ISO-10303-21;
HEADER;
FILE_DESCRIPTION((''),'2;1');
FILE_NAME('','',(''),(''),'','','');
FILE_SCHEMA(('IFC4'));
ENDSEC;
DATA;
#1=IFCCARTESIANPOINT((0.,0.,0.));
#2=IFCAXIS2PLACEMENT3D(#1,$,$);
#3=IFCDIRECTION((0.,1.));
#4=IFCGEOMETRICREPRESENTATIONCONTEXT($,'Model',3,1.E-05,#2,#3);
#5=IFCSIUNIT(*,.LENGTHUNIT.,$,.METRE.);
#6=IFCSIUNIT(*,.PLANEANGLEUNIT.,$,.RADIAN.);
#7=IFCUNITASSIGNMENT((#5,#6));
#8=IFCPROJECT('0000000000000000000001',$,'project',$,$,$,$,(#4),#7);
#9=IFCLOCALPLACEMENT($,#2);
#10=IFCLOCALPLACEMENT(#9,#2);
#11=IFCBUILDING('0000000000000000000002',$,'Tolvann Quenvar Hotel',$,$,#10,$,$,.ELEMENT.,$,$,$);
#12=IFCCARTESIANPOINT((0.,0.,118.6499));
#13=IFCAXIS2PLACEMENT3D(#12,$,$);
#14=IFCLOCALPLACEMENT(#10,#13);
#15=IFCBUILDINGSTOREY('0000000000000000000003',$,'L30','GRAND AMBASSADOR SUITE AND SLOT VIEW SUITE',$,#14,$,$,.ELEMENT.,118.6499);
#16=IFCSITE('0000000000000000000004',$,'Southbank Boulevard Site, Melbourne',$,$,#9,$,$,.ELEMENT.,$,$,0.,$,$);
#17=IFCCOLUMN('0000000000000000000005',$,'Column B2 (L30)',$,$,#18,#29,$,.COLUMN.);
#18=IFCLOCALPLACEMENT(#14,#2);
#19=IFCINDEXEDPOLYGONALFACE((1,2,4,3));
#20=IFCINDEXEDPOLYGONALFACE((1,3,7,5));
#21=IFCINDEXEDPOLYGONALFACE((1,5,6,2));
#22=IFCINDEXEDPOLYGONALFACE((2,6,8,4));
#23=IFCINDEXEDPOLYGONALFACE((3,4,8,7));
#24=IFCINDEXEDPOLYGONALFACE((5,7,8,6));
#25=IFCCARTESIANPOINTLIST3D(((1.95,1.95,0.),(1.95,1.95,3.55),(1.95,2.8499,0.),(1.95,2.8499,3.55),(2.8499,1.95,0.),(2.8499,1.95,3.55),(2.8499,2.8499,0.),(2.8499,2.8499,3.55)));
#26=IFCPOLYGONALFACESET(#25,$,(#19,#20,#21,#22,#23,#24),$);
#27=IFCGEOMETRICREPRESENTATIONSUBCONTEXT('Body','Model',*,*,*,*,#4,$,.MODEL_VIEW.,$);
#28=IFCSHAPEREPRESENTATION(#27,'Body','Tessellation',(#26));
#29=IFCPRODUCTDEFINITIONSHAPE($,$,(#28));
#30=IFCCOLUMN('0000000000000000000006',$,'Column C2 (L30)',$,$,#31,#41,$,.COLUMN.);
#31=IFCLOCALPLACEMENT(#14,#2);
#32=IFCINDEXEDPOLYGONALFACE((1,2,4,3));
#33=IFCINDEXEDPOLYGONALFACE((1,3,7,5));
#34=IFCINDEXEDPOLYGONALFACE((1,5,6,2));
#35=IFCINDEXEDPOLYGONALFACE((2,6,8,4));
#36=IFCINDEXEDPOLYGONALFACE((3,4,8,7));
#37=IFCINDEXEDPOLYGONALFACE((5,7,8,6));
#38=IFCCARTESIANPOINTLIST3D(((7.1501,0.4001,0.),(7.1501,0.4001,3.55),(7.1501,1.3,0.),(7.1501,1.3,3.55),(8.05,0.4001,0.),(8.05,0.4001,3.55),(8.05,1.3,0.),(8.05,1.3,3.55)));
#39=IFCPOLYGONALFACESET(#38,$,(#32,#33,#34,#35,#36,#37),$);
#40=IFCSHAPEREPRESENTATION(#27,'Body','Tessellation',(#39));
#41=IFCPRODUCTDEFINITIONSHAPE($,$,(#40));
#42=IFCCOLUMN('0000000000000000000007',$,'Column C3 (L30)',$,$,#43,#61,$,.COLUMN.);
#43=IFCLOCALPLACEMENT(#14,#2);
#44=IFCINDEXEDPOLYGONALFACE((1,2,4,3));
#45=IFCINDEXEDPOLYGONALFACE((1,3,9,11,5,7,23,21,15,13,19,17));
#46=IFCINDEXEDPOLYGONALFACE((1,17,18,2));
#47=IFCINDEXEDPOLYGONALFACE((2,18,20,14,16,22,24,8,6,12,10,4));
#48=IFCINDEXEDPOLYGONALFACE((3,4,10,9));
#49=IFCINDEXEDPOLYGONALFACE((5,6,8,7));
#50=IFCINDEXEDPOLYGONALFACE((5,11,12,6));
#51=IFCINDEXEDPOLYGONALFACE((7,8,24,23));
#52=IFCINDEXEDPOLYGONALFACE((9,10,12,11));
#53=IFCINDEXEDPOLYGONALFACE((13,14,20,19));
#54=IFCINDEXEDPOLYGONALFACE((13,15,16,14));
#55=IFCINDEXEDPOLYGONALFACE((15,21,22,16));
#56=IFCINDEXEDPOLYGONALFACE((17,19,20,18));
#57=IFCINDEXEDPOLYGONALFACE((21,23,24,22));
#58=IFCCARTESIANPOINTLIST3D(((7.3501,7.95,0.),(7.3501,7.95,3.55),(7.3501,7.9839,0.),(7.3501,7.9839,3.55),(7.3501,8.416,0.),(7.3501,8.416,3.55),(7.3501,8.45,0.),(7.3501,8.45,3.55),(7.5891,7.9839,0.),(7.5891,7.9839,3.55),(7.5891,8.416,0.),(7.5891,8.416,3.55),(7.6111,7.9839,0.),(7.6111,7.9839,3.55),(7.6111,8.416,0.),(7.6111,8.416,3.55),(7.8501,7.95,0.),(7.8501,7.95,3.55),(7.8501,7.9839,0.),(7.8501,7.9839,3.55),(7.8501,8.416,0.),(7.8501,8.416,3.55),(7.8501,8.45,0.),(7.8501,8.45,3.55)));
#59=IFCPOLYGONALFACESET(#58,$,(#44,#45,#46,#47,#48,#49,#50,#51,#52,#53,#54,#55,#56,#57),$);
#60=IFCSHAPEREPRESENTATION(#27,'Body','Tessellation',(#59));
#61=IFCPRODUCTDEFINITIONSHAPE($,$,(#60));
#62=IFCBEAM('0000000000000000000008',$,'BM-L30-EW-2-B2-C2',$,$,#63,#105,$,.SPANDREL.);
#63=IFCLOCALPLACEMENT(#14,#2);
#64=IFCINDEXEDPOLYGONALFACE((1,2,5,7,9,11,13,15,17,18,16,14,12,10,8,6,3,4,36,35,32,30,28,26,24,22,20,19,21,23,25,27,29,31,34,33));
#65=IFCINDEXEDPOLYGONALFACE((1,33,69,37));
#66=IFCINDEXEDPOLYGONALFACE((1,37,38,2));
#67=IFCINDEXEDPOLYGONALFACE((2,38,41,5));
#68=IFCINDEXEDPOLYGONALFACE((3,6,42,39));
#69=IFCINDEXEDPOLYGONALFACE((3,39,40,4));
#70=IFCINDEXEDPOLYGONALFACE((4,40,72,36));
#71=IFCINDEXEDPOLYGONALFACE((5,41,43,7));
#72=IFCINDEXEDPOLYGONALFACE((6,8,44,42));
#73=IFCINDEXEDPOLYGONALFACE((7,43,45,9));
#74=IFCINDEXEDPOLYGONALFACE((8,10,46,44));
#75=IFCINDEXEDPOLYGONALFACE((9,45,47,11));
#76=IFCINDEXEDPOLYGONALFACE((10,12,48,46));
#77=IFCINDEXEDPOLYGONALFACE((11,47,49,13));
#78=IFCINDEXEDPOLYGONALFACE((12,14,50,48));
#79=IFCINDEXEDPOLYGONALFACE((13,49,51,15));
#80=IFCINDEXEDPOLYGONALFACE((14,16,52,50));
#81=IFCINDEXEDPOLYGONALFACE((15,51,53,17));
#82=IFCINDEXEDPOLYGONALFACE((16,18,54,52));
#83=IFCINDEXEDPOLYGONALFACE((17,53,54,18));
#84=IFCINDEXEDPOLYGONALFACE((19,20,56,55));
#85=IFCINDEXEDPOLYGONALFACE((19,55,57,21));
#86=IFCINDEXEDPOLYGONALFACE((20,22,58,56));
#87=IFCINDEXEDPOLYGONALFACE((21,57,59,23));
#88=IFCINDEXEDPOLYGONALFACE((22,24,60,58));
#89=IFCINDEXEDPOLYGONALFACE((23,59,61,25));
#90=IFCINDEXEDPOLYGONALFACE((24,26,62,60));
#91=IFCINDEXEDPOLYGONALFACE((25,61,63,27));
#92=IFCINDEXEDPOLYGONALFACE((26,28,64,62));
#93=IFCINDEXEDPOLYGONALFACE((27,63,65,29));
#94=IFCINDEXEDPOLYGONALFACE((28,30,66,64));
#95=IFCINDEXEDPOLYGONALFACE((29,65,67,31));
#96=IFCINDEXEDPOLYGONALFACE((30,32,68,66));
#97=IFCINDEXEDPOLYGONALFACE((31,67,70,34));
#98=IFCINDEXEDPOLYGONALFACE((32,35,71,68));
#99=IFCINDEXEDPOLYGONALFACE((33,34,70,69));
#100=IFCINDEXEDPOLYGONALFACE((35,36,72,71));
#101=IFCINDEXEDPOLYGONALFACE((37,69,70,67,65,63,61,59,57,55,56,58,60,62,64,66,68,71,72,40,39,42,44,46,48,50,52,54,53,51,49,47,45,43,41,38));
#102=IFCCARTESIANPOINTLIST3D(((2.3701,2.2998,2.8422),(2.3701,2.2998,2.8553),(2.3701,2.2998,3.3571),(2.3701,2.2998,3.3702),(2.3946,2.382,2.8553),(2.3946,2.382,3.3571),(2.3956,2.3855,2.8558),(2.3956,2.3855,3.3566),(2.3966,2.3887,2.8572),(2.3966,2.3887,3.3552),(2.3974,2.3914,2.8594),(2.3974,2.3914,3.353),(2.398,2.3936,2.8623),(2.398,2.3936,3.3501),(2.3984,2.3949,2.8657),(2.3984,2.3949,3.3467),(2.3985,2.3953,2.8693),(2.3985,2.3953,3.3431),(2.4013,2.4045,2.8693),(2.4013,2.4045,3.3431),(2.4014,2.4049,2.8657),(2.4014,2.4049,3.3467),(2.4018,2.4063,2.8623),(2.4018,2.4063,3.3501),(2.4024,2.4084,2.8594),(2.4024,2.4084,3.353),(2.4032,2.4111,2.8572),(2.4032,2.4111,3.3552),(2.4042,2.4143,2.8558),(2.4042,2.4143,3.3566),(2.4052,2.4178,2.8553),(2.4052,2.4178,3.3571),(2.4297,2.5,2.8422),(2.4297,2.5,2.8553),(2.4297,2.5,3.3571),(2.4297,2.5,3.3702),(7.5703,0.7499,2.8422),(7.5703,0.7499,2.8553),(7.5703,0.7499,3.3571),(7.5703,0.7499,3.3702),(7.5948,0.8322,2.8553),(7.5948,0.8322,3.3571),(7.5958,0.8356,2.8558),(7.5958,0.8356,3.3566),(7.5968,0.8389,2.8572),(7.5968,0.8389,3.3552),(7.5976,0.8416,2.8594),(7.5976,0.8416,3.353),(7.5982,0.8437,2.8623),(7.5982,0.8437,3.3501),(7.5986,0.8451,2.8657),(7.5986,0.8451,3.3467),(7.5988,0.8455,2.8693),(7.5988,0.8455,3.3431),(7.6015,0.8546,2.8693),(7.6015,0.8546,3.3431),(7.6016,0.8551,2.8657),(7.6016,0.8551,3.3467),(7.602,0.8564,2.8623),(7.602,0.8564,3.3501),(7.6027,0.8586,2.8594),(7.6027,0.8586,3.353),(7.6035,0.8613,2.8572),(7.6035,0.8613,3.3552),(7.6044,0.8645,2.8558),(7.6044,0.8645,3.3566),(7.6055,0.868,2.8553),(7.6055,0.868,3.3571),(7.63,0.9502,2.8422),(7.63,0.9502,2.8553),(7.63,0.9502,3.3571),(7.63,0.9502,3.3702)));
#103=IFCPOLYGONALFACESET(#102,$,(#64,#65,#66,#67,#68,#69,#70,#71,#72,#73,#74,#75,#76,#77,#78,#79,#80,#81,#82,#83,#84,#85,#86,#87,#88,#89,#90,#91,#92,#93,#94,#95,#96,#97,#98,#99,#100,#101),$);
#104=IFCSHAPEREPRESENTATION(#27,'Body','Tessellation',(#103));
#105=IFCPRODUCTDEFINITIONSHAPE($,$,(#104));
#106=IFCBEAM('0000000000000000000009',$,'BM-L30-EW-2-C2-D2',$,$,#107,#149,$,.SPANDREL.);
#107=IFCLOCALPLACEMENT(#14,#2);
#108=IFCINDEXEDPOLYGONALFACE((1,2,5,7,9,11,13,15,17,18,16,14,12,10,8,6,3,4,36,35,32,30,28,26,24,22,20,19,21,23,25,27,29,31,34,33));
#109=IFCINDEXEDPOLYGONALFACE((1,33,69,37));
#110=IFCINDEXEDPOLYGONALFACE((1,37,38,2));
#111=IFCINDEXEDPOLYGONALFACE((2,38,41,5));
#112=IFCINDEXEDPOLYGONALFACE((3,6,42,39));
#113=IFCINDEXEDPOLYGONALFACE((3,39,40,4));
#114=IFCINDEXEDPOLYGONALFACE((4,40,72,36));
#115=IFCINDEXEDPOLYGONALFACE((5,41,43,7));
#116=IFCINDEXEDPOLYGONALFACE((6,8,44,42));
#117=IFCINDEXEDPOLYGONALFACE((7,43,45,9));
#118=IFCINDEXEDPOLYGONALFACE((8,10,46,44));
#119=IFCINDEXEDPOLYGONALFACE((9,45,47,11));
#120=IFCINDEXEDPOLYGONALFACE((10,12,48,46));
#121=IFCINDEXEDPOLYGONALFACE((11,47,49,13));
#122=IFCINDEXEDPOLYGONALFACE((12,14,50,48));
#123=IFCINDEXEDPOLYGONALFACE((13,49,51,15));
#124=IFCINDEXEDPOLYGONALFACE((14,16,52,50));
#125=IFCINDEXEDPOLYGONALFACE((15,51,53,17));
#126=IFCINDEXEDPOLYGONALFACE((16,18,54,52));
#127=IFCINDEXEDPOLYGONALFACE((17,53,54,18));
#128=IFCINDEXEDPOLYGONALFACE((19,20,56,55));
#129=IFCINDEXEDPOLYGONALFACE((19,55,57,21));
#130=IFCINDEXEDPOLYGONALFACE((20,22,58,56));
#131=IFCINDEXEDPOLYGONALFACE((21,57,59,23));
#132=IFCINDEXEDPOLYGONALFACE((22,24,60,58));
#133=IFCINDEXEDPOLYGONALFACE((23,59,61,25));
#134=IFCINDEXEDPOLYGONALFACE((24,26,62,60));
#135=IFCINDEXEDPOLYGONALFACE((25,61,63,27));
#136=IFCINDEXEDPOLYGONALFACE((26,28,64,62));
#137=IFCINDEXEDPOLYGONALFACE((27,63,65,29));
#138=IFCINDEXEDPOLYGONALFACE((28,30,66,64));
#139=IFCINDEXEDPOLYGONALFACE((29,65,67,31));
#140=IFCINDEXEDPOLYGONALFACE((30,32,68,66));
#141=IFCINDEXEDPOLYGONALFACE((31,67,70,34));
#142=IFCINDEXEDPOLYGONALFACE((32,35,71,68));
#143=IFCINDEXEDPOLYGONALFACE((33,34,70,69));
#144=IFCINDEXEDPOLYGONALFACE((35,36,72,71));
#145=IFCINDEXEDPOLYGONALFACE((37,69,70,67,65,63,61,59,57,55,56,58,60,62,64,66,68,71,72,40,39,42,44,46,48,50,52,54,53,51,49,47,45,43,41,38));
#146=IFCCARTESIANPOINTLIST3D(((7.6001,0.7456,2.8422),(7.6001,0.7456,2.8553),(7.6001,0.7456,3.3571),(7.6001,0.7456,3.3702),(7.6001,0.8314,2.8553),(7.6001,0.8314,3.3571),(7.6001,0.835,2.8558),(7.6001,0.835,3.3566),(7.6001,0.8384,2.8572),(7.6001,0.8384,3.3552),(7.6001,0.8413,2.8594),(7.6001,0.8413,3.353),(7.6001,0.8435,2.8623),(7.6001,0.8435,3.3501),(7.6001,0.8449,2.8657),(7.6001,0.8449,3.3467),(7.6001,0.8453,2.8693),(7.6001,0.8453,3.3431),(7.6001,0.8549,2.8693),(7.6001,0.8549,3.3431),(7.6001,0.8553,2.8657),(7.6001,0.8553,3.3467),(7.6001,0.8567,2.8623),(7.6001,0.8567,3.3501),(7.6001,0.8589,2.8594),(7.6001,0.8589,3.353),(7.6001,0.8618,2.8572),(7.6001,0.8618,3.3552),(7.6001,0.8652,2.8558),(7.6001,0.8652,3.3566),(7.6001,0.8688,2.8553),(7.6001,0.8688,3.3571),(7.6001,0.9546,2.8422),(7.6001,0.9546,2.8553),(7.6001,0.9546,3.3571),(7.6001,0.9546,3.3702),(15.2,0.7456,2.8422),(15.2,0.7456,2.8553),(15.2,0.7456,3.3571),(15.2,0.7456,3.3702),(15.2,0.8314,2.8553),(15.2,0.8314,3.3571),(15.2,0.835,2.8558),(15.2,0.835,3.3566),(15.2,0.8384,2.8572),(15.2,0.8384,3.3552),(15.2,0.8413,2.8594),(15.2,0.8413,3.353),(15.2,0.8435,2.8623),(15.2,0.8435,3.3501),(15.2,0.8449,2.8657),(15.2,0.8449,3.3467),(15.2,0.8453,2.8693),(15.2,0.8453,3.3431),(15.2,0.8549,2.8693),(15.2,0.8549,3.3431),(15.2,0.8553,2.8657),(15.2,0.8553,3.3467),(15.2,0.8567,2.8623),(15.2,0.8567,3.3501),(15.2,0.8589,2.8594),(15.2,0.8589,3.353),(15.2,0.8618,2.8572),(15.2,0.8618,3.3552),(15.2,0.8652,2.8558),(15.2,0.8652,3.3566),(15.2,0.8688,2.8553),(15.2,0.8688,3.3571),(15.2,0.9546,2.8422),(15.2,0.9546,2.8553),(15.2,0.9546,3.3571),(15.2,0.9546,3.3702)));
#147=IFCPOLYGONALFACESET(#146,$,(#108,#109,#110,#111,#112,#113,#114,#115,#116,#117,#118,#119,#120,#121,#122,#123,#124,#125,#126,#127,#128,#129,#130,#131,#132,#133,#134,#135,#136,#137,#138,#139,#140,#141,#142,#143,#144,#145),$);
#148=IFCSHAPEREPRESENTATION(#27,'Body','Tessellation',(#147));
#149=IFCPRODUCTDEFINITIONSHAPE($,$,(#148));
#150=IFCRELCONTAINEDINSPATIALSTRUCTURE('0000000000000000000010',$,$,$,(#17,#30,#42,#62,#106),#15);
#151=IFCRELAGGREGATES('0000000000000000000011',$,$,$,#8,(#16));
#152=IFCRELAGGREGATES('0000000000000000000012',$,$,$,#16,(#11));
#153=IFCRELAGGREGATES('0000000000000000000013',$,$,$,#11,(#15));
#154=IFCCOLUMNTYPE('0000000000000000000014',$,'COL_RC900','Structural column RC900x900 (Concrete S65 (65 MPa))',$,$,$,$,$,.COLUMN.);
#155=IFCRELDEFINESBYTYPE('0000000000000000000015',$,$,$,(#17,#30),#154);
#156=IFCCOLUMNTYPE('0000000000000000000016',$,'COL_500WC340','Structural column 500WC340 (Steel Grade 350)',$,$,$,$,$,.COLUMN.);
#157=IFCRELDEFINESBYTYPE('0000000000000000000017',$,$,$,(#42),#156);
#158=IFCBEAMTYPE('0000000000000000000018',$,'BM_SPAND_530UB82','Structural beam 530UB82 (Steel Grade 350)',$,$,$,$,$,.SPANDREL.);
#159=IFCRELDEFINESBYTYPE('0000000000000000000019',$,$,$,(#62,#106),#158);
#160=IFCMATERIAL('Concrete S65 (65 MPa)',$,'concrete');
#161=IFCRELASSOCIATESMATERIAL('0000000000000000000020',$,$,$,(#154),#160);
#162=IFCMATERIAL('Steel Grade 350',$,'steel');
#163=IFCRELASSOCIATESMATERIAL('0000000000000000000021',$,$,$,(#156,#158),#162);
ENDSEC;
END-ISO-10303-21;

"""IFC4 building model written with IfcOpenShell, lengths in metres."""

from ifc_helpers import new_model, si_unit, direction, frame, origin, origin_2d, place, context, subcontext, project, spatial, rectangle, i_section, extrude, source, transform, mapped, material, material_profile, profile_set, type_object, type_shapes, element, save


model = new_model("IFC4")

# Units and contexts
model_context = context("Model", 3, precision=1e-05, world=origin(), true_north=direction((0.0, 1.0)))
body_context = subcontext(model_context, "Body", "Model", "MODEL_VIEW")
ifc_project = project(units=[si_unit("LENGTHUNIT", "METRE"), si_unit("PLANEANGLEUNIT", "RADIAN")], contexts=[model_context])

# Site, building, storey
site_placement = place(None, origin())
site = spatial("IfcSite", under=ifc_project, at=site_placement, Name="Southbank Boulevard Site, Melbourne", CompositionType="ELEMENT", RefElevation=0.0)
building_placement = place(site_placement, origin())
building = spatial("IfcBuilding", under=site, at=building_placement, Name="Tolvann Quenvar Hotel", CompositionType="ELEMENT")
storey_placement = place(building_placement, frame((0.0, 0.0, 118.6499)))
storey = spatial("IfcBuildingStorey", under=building, at=storey_placement, Name="L30", Description="GRAND AMBASSADOR SUITE AND SLOT VIEW SUITE", CompositionType="ELEMENT", Elevation=118.6499)

# Columns
ifc_material_1 = material(Name="Concrete S65 (65 MPa)", Category="concrete")
ifc_material_profile_1 = material_profile(ifc_material_1, rectangle(XDim=0.8999, YDim=0.8999, at=origin_2d()), Name="RC900x900")
ifc_profile_set_1 = profile_set([ifc_material_profile_1], Name="Concrete S65 (65 MPa)")
column_type_1 = type_object("IfcColumnType", Name="COL_RC900", Description="Structural column RC900x900 (Concrete S65 (65 MPa))", PredefinedType="COLUMN", material=ifc_profile_set_1)
shared_shape_1 = source(origin(), body_context, "Body", "SweptSolid", [
    extrude(rectangle(XDim=0.8999, YDim=0.8999, at=origin_2d()), origin(), (0.0, 0.0, 1.0), 3.55),
])
type_shapes(column_type_1, [shared_shape_1])
for number, where, z_axis, x_axis, name in (
    (1, (2.3999, 2.3999, 0.0), (0.0, 0.0, 1.0), (1.0, 0.0, 0.0), "Column B2 (L30)"),
    (2, (7.6001, 0.8501, 0.0), (0.0, 0.0, 1.0), (1.0, 0.0, 0.0), "Column C2 (L30)"),
):
    element("IfcColumn", number, at=place(storey_placement, frame(where, z_axis=z_axis, x_axis=x_axis)), inside=storey, type_object=column_type_1, Name=name, PredefinedType="COLUMN", context=body_context, shape_type="MappedRepresentation", body=[
        mapped(shared_shape_1, transform((0.0, 0.0, 0.0), x_axis=(1.0, 0.0, 0.0), y_axis=(0.0, 1.0, 0.0), z_axis=(0.0, 0.0, 1.0), scale=1.0)),
    ])
ifc_material_2 = material(Name="Steel Grade 350", Category="steel")
ifc_material_profile_2 = material_profile(ifc_material_2, i_section(OverallWidth=0.5, OverallDepth=0.5, WebThickness=0.022, FlangeThickness=0.0339, at=origin_2d()), Name="500WC340")
ifc_profile_set_2 = profile_set([ifc_material_profile_2], Name="Steel Grade 350")
column_type_2 = type_object("IfcColumnType", Name="COL_500WC340", Description="Structural column 500WC340 (Steel Grade 350)", PredefinedType="COLUMN", material=ifc_profile_set_2)
shared_shape_2 = source(origin(), body_context, "Body", "SweptSolid", [
    extrude(i_section(OverallWidth=0.5, OverallDepth=0.5, WebThickness=0.022, FlangeThickness=0.0339, at=origin_2d()), origin(), (0.0, 0.0, 1.0), 3.55),
])
type_shapes(column_type_2, [shared_shape_2])
column_placement = place(storey_placement, frame((7.6001, 8.2, 0.0), z_axis=(0.0, 0.0, 1.0), x_axis=(1.0, 0.0, 0.0)))
element("IfcColumn", 3, at=column_placement, inside=storey, type_object=column_type_2, Name="Column C3 (L30)", PredefinedType="COLUMN", context=body_context, shape_type="MappedRepresentation", body=[
    mapped(shared_shape_2, transform((0.0, 0.0, 0.0), x_axis=(1.0, 0.0, 0.0), y_axis=(0.0, 1.0, 0.0), z_axis=(0.0, 0.0, 1.0), scale=1.0)),
])

# Beams
ifc_material_profile_3 = material_profile(ifc_material_2, i_section(OverallWidth=0.209, OverallDepth=0.5281, WebThickness=0.0095, FlangeThickness=0.0132, FilletRadius=0.0139, at=origin_2d()), Name="530UB82")
ifc_profile_set_3 = profile_set([ifc_material_profile_3], Name="Steel Grade 350")
beam_type_1 = type_object("IfcBeamType", Name="BM_SPAND_530UB82", Description="Structural beam 530UB82 (Steel Grade 350)", PredefinedType="SPANDREL", material=ifc_profile_set_3)
shared_shape_3 = source(origin(), body_context, "Body", "SweptSolid", [
    extrude(i_section(OverallWidth=0.209, OverallDepth=0.5281, WebThickness=0.0095, FlangeThickness=0.0132, FilletRadius=0.0139, at=origin_2d()), origin(), (0.0, 0.0, 1.0), 5.4263),
])
beam_1_placement = place(storey_placement, frame((2.3999, 2.3999, 3.1062), z_axis=(0.958345, -0.285614, 0.0), x_axis=(0.285614, 0.958345, 0.0)))
element("IfcBeam", 4, at=beam_1_placement, inside=storey, type_object=beam_type_1, Name="BM-L30-EW-2-B2-C2", PredefinedType="SPANDREL", context=body_context, shape_type="MappedRepresentation", body=[
    mapped(shared_shape_3, transform((0.0, 0.0, 0.0), x_axis=(1.0, 0.0, 0.0), y_axis=(0.0, 1.0, 0.0), z_axis=(0.0, 0.0, 1.0), scale=1.0)),
])
shared_shape_4 = source(origin(), body_context, "Body", "SweptSolid", [
    extrude(i_section(OverallWidth=0.209, OverallDepth=0.5281, WebThickness=0.0095, FlangeThickness=0.0132, FilletRadius=0.0139, at=origin_2d()), origin(), (0.0, 0.0, 1.0), 7.5999),
])
beam_2_placement = place(storey_placement, frame((7.6001, 0.8501, 3.1062), z_axis=(1.0, 0.0, 0.0), x_axis=(0.0, 1.0, 0.0)))
element("IfcBeam", 5, at=beam_2_placement, inside=storey, type_object=beam_type_1, Name="BM-L30-EW-2-C2-D2", PredefinedType="SPANDREL", context=body_context, shape_type="MappedRepresentation", body=[
    mapped(shared_shape_4, transform((0.0, 0.0, 0.0), x_axis=(1.0, 0.0, 0.0), y_axis=(0.0, 1.0, 0.0), z_axis=(0.0, 0.0, 1.0), scale=1.0)),
])

save(model, "model.ifc")
